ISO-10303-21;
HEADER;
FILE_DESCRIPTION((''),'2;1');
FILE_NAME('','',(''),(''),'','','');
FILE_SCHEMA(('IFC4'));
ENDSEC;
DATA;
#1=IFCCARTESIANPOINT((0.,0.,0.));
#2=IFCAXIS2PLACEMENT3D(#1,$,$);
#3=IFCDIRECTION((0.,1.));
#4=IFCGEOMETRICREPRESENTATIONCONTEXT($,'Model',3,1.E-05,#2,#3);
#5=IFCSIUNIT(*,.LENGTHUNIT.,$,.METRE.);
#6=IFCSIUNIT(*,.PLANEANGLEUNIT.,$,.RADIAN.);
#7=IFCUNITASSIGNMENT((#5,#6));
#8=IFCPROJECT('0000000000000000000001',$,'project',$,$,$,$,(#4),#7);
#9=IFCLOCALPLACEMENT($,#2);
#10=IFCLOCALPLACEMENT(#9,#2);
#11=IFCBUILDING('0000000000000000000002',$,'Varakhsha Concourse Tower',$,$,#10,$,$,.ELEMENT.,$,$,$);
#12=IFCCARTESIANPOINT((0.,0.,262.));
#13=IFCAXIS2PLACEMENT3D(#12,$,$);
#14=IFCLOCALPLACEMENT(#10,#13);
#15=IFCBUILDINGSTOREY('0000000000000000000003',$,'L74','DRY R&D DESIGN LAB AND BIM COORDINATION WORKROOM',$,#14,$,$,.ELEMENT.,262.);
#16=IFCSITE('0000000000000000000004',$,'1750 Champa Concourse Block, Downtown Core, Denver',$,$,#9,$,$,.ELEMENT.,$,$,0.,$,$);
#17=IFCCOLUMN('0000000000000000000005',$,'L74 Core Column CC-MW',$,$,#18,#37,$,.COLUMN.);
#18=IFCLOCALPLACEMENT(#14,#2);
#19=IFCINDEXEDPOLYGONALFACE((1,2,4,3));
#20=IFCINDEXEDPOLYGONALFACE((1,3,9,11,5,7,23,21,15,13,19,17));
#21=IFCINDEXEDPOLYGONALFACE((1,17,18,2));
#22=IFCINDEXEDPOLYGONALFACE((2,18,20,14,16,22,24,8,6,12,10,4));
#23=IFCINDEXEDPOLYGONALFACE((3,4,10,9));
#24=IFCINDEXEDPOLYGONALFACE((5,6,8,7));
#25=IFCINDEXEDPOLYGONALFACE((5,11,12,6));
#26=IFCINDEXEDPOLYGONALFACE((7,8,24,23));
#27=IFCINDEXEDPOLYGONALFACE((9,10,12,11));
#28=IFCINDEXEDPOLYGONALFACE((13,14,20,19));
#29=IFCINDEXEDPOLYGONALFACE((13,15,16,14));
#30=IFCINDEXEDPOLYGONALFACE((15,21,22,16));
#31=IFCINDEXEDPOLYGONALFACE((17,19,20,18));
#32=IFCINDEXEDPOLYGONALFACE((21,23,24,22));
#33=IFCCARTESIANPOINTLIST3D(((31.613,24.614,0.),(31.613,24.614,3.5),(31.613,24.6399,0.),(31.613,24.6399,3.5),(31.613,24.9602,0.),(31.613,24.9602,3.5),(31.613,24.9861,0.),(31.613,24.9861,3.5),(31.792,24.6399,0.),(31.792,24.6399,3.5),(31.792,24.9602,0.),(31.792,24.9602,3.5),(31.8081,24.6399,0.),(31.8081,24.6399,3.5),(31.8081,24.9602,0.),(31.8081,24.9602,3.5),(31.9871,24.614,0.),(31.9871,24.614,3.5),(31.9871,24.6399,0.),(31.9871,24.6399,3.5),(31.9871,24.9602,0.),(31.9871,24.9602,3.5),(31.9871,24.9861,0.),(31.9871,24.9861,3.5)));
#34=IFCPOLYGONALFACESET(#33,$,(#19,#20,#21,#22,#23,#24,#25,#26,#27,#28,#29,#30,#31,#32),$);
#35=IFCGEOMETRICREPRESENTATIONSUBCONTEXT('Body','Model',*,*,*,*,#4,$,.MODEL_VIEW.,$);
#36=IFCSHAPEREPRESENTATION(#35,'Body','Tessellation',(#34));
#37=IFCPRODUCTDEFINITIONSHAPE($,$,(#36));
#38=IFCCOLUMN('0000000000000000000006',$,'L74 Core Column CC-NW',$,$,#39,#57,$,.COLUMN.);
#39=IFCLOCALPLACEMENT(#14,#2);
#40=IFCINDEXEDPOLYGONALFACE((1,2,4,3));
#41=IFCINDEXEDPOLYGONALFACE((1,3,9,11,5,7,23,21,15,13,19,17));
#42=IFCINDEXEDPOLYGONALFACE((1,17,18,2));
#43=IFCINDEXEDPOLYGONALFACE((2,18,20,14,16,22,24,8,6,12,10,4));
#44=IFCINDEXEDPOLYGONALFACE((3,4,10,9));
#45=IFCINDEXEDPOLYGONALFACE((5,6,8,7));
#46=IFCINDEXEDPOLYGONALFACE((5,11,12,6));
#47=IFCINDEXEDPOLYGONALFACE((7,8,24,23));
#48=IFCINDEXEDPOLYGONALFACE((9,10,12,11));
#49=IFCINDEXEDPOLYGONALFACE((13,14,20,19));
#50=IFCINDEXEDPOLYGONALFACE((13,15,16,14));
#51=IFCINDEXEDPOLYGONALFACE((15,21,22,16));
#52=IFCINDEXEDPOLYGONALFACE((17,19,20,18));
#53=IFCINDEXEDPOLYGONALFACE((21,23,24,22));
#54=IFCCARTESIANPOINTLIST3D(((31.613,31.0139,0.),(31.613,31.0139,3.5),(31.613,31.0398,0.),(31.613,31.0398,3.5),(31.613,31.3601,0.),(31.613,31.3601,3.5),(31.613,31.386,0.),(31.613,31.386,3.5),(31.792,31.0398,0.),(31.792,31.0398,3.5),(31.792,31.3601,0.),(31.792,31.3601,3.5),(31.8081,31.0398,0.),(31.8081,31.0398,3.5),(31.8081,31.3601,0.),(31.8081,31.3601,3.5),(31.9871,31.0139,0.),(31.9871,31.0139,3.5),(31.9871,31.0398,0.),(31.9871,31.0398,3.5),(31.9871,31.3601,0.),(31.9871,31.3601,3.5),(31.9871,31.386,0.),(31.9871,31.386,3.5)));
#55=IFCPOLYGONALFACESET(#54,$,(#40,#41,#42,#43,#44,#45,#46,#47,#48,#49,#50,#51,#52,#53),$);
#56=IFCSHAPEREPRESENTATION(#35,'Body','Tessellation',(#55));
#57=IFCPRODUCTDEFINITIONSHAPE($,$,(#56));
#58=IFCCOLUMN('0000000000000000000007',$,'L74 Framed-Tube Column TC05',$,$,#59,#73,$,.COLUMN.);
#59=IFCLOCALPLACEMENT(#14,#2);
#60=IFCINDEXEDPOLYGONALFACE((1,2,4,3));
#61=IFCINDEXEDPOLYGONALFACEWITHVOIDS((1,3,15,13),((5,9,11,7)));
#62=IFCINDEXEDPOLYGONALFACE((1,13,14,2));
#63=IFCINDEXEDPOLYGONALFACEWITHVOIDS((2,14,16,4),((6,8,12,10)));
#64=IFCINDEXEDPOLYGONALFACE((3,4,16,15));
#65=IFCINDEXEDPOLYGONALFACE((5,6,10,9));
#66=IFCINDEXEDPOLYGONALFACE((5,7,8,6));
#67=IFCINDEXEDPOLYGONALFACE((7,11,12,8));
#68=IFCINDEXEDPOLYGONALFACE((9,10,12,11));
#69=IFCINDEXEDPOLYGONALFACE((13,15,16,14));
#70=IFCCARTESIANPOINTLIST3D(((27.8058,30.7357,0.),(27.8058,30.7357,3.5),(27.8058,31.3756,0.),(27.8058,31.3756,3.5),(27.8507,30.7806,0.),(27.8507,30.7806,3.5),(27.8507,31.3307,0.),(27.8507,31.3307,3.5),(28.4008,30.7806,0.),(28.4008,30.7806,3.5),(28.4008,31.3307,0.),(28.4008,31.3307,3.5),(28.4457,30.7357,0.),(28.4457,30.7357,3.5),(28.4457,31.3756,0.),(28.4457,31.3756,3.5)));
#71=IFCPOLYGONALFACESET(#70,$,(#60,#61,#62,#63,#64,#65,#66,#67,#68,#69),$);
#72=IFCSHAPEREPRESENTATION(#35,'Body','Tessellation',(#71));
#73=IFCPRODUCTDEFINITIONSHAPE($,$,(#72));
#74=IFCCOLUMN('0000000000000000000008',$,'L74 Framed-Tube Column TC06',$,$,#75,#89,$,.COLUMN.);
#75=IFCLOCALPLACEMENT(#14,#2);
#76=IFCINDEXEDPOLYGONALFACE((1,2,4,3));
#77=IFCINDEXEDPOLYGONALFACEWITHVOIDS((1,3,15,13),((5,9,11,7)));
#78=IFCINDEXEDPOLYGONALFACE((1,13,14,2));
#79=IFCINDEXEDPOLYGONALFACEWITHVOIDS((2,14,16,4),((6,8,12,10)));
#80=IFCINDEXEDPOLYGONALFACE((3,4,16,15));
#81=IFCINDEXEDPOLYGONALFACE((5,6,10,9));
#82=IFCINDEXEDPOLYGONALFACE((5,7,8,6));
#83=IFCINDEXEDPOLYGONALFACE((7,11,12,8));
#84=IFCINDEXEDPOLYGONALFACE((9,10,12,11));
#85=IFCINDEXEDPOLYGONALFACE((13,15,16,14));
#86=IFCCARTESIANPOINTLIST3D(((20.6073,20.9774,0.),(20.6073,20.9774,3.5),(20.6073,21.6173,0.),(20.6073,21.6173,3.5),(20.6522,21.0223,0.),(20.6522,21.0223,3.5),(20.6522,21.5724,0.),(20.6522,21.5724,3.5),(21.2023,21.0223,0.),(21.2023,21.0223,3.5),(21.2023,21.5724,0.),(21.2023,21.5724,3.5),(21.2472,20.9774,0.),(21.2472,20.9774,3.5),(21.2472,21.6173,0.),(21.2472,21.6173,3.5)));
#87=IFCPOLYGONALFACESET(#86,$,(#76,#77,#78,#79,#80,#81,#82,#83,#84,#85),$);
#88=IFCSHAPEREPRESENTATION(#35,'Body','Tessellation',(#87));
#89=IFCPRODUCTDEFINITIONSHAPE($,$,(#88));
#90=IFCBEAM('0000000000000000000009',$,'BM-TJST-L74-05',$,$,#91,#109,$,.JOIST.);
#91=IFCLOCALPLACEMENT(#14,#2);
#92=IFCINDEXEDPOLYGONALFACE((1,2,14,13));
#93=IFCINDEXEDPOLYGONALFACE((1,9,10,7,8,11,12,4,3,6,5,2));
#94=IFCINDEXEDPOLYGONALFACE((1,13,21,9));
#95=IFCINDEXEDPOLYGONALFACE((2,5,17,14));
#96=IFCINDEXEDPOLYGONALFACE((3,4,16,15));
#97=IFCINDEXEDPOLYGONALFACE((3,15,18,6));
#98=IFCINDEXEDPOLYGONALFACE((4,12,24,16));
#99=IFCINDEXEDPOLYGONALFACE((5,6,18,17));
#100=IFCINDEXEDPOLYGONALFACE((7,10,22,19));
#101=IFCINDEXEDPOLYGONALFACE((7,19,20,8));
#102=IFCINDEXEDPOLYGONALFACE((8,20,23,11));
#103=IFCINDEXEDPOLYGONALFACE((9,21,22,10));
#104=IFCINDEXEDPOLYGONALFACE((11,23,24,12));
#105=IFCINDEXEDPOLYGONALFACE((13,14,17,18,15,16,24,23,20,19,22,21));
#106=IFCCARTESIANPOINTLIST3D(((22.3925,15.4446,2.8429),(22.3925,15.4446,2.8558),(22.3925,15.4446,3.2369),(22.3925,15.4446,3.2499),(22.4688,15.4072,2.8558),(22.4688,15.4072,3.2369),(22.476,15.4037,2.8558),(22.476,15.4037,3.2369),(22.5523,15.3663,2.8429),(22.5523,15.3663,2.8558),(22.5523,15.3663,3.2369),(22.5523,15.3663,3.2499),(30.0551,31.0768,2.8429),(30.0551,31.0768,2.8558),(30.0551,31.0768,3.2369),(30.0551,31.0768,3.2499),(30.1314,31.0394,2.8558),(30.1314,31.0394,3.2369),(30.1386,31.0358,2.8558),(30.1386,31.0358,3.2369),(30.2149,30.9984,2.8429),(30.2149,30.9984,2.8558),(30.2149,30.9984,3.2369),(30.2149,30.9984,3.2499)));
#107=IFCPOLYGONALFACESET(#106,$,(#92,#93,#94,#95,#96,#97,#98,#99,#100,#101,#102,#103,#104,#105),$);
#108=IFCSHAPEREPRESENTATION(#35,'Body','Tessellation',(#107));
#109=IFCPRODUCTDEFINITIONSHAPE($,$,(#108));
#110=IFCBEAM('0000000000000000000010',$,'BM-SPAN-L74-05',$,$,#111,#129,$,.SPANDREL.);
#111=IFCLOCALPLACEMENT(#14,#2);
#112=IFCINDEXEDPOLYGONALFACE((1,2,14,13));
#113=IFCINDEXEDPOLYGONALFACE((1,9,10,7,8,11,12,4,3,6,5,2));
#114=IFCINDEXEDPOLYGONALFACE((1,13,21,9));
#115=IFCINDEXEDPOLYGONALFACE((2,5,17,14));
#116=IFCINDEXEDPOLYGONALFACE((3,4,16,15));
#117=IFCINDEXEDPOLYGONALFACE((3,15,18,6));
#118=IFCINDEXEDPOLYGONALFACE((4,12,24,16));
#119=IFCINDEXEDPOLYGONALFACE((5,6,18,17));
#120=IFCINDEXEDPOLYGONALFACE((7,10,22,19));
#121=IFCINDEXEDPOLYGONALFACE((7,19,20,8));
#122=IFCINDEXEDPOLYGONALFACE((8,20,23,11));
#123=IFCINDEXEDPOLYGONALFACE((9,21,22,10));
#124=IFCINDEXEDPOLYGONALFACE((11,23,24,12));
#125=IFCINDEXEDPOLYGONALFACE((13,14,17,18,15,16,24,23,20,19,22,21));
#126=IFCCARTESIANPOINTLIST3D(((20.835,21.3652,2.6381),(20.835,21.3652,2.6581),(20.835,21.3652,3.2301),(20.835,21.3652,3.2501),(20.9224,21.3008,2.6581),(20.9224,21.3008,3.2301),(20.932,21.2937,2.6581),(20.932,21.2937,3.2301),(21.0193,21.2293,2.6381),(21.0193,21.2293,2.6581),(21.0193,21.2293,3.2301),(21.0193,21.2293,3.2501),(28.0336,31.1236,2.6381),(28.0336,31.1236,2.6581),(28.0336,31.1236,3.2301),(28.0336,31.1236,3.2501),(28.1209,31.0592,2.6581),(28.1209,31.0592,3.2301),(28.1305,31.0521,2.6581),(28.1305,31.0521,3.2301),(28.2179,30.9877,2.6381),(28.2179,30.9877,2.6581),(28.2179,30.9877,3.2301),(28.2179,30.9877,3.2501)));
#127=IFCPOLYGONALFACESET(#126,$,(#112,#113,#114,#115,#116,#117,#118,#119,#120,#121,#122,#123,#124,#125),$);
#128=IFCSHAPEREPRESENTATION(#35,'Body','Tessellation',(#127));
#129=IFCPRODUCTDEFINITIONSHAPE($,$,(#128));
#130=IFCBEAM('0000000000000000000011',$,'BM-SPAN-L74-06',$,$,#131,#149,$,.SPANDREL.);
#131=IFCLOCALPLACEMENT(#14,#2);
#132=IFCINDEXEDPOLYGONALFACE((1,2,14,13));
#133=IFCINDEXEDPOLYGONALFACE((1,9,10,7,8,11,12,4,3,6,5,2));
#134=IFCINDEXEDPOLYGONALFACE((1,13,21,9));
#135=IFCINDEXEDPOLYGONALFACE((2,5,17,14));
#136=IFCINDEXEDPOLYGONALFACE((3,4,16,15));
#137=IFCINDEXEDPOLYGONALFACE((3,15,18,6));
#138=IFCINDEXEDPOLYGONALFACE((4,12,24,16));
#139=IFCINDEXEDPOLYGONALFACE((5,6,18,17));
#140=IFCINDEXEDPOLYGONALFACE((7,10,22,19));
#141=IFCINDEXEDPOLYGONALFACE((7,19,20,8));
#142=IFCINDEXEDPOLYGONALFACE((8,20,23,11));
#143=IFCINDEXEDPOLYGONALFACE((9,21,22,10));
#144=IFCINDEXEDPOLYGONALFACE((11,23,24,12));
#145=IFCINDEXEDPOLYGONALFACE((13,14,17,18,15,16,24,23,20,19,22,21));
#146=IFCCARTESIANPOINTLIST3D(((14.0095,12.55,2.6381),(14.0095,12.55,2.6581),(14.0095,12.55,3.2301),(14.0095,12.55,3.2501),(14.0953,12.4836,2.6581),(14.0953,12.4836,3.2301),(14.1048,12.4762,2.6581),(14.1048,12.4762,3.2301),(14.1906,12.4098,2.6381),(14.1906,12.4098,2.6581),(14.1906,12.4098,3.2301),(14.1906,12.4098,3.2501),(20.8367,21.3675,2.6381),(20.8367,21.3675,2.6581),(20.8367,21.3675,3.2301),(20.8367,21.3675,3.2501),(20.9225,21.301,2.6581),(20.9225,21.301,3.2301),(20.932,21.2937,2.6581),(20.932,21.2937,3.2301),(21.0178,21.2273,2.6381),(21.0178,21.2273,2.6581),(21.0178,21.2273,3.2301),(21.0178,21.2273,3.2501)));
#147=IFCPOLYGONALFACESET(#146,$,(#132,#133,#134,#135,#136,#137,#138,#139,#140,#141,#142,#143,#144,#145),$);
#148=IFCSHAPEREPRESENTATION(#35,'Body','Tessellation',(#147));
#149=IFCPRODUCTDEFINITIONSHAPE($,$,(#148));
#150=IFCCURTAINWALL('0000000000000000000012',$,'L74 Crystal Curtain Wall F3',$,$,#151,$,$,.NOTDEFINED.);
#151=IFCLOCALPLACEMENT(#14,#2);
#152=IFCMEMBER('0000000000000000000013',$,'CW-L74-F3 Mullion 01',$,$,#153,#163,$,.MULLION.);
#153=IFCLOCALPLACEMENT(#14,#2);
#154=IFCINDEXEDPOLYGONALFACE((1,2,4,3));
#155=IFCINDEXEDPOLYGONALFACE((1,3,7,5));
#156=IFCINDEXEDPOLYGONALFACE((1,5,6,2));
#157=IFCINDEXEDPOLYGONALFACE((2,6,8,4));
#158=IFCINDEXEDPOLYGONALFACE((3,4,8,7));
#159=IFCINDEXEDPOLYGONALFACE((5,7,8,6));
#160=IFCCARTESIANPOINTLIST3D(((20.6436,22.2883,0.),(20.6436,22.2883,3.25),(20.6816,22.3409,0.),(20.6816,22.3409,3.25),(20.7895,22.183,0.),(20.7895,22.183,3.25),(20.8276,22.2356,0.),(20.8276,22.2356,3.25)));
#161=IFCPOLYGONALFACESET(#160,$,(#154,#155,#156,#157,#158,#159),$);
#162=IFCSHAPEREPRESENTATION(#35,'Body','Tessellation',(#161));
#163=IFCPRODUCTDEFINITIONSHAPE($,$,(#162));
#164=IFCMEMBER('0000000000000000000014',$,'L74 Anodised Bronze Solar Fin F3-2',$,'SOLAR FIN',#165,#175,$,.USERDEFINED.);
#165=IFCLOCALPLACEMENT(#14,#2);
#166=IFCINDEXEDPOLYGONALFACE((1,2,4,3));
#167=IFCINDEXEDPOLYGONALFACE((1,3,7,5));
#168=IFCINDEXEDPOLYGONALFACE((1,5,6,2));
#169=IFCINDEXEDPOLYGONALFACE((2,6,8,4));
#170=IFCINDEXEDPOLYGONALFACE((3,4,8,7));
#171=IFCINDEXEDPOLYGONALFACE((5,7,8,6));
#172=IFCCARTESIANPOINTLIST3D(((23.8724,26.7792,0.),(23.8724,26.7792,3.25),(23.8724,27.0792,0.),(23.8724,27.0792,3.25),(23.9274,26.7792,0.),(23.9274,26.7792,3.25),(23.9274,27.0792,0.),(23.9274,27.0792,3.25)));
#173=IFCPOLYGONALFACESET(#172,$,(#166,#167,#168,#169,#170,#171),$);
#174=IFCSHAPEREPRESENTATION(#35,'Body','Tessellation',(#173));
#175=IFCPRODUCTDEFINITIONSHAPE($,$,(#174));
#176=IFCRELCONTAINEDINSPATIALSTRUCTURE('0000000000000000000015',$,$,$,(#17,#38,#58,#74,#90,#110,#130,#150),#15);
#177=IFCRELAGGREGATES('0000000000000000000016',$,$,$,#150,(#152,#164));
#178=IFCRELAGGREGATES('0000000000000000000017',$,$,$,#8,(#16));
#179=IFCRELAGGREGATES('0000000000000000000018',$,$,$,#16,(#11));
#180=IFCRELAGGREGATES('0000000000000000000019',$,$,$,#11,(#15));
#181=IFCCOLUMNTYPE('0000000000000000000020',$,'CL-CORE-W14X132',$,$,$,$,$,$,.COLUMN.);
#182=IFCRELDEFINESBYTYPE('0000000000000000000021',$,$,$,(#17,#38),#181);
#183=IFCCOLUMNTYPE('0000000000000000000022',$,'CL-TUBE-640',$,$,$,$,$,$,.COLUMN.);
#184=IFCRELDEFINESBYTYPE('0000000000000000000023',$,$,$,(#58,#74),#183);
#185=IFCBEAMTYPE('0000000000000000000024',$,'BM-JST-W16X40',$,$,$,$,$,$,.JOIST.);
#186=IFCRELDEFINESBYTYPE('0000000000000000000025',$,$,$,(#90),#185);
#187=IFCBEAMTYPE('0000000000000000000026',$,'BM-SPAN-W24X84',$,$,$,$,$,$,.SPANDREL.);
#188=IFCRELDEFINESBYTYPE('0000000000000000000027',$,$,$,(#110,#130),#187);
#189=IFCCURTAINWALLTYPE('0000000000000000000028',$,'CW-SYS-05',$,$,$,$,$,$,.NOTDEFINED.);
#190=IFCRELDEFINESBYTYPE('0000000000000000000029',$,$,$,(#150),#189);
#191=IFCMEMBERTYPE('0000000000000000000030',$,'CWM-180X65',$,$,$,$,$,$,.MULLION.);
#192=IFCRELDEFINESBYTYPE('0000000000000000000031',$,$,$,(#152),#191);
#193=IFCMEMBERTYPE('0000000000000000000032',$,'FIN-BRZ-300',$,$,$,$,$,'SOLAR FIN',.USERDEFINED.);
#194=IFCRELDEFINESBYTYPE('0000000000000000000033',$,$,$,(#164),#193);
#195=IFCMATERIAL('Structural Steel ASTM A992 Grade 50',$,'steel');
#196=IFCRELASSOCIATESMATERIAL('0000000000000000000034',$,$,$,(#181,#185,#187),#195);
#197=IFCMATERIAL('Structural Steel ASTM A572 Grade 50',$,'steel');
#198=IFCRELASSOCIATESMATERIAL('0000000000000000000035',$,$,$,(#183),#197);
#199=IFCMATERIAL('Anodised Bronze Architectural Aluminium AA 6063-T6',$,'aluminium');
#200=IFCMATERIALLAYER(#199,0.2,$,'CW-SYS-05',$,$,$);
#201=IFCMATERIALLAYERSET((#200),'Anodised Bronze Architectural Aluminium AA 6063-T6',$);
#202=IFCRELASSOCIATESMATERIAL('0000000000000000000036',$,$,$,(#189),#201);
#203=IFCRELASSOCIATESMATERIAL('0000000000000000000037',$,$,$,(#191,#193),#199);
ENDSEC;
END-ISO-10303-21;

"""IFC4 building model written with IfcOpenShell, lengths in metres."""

from ifc_helpers import new_model, si_unit, direction, frame, origin, origin_2d, place, context, subcontext, project, spatial, rectangle, hollow_rectangle, i_section, extrude, source, transform, mapped, material, layer, layer_set, material_profile, profile_set, type_object, type_shapes, element, aggregate, save


model = new_model("IFC4")

# Units and contexts
model_context = context("Model", 3, precision=1e-05, world=origin(), true_north=direction((0.0, 1.0)))
body_context = subcontext(model_context, "Body", "Model", "MODEL_VIEW")
ifc_project = project(units=[si_unit("LENGTHUNIT", "METRE"), si_unit("PLANEANGLEUNIT", "RADIAN")], contexts=[model_context])

# Site, building, storey
site_placement = place(None, origin())
site = spatial("IfcSite", under=ifc_project, at=site_placement, Name="1750 Champa Concourse Block, Downtown Core, Denver", CompositionType="ELEMENT", RefElevation=0.0)
building_placement = place(site_placement, origin())
building = spatial("IfcBuilding", under=site, at=building_placement, Name="Varakhsha Concourse Tower", CompositionType="ELEMENT")
storey_placement = place(building_placement, frame((0.0, 0.0, 262.0)))
storey = spatial("IfcBuildingStorey", under=building, at=storey_placement, Name="L74", Description="DRY R&D DESIGN LAB AND BIM COORDINATION WORKROOM", CompositionType="ELEMENT", Elevation=262.0)

# Columns
ifc_material_1 = material(Name="Structural Steel ASTM A992 Grade 50", Category="steel")
ifc_material_profile_1 = material_profile(ifc_material_1, i_section(OverallWidth=0.374, OverallDepth=0.3721, WebThickness=0.0161, FlangeThickness=0.0259, at=origin_2d()), Name="W14X132")
ifc_profile_set_1 = profile_set([ifc_material_profile_1], Name="Structural Steel ASTM A992 Grade 50")
column_type_1 = type_object("IfcColumnType", Name="CL-CORE-W14X132", PredefinedType="COLUMN", material=ifc_profile_set_1)
for number, where, z_axis, x_axis, name in (
    (1, (31.8, 24.8, 0.0), (0.0, 0.0, 1.0), (1.0, 0.0, 0.0), "L74 Core Column CC-MW"),
    (2, (31.8, 31.2, 0.0), (0.0, 0.0, 1.0), (1.0, 0.0, 0.0), "L74 Core Column CC-NW"),
):
    element("IfcColumn", number, at=place(storey_placement, frame(where, z_axis=z_axis, x_axis=x_axis)), inside=storey, type_object=column_type_1, Name=name, PredefinedType="COLUMN", context=body_context, shape_type="SweptSolid", body=[
        extrude(i_section(OverallWidth=0.374, OverallDepth=0.3721, WebThickness=0.0161, FlangeThickness=0.0259, at=origin_2d()), origin(), (0.0, 0.0, 1.0), 3.5),
    ])
ifc_material_2 = material(Name="Structural Steel ASTM A572 Grade 50", Category="steel")
ifc_material_profile_2 = material_profile(ifc_material_2, hollow_rectangle(XDim=0.6399, YDim=0.6399, WallThickness=0.0449, at=origin_2d()), Name="BOX 640x640x45")
ifc_profile_set_2 = profile_set([ifc_material_profile_2], Name="Structural Steel ASTM A572 Grade 50")
column_type_2 = type_object("IfcColumnType", Name="CL-TUBE-640", PredefinedType="COLUMN", material=ifc_profile_set_2)
for number, where, z_axis, x_axis, name in (
    (3, (28.1257, 31.0557, 0.0), (0.0, 0.0, 1.0), (1.0, 0.0, 0.0), "L74 Framed-Tube Column TC05"),
    (4, (20.9272, 21.2974, 0.0), (0.0, 0.0, 1.0), (1.0, 0.0, 0.0), "L74 Framed-Tube Column TC06"),
):
    element("IfcColumn", number, at=place(storey_placement, frame(where, z_axis=z_axis, x_axis=x_axis)), inside=storey, type_object=column_type_2, Name=name, PredefinedType="COLUMN", context=body_context, shape_type="SweptSolid", body=[
        extrude(hollow_rectangle(XDim=0.6399, YDim=0.6399, WallThickness=0.0449, at=origin_2d()), origin(), (0.0, 0.0, 1.0), 3.5),
    ])

# Beams
ifc_material_profile_3 = material_profile(ifc_material_1, i_section(OverallWidth=0.178, OverallDepth=0.407, WebThickness=0.0081, FlangeThickness=0.0129, at=origin_2d()), Name="W16X40")
ifc_profile_set_3 = profile_set([ifc_material_profile_3], Name="Structural Steel ASTM A992 Grade 50")
beam_type_1 = type_object("IfcBeamType", Name="BM-JST-W16X40", PredefinedType="JOIST", material=ifc_profile_set_3)
beam_1_placement = place(storey_placement, frame((30.135, 31.0376, 3.0464), z_axis=(-0.440149, -0.897925, 0.0), x_axis=(0.897925, -0.440149, 0.0)))
element("IfcBeam", 5, at=beam_1_placement, inside=storey, type_object=beam_type_1, Name="BM-TJST-L74-05", PredefinedType="JOIST", context=body_context, shape_type="SweptSolid", body=[
    extrude(i_section(OverallWidth=0.178, OverallDepth=0.407, WebThickness=0.0081, FlangeThickness=0.0129, at=origin_2d()), origin(), (0.0, 0.0, 1.0), 17.4092),
])
ifc_material_profile_4 = material_profile(ifc_material_1, i_section(OverallWidth=0.229, OverallDepth=0.6121, WebThickness=0.012, FlangeThickness=0.02, at=origin_2d()), Name="W24X84")
ifc_profile_set_4 = profile_set([ifc_material_profile_4], Name="Structural Steel ASTM A992 Grade 50")
beam_type_2 = type_object("IfcBeamType", Name="BM-SPAN-W24X84", PredefinedType="SPANDREL", material=ifc_profile_set_4)
beam_2_placement = place(storey_placement, frame((28.1257, 31.0557, 2.9441), z_axis=(-0.593635, -0.804734, 0.0), x_axis=(0.804734, -0.593635, 0.0)))
element("IfcBeam", 6, at=beam_2_placement, inside=storey, type_object=beam_type_2, Name="BM-SPAN-L74-05", PredefinedType="SPANDREL", context=body_context, shape_type="SweptSolid", body=[
    extrude(i_section(OverallWidth=0.229, OverallDepth=0.6121, WebThickness=0.012, FlangeThickness=0.02, at=origin_2d()), origin(), (0.0, 0.0, 1.0), 12.1262),
])
beam_3_placement = place(storey_placement, frame((20.9272, 21.2974, 2.9441), z_axis=(-0.612217, -0.79069, 0.0), x_axis=(0.79069, -0.612217, 0.0)))
element("IfcBeam", 7, at=beam_3_placement, inside=storey, type_object=beam_type_2, Name="BM-SPAN-L74-06", PredefinedType="SPANDREL", context=body_context, shape_type="SweptSolid", body=[
    extrude(i_section(OverallWidth=0.229, OverallDepth=0.6121, WebThickness=0.012, FlangeThickness=0.02, at=origin_2d()), origin(), (0.0, 0.0, 1.0), 11.1516),
])

# Curtain wall, members
ifc_material_3 = material(Name="Anodised Bronze Architectural Aluminium AA 6063-T6", Category="aluminium")
ifc_layer_1 = layer(ifc_material_3, 0.2, Name="CW-SYS-05")
ifc_layer_set_1 = layer_set([ifc_layer_1], Name="Anodised Bronze Architectural Aluminium AA 6063-T6")
curtain_wall_type = type_object("IfcCurtainWallType", Name="CW-SYS-05", PredefinedType="NOTDEFINED", material=ifc_layer_set_1)
curtain_wall_placement = place(storey_placement, origin())
curtain_wall = element("IfcCurtainWall", 8, at=curtain_wall_placement, inside=storey, type_object=curtain_wall_type, Name="L74 Crystal Curtain Wall F3", PredefinedType="NOTDEFINED")
ifc_material_profile_5 = material_profile(ifc_material_3, rectangle(XDim=0.0649, YDim=0.1799, at=origin_2d()), Name="CWM-180X65")
ifc_profile_set_5 = profile_set([ifc_material_profile_5], Name="Anodised Bronze Architectural Aluminium AA 6063-T6")
member_type_1 = type_object("IfcMemberType", Name="CWM-180X65", PredefinedType="MULLION", material=ifc_profile_set_5)
shared_shape_1 = source(origin(), body_context, "Body", "SweptSolid", [
    extrude(rectangle(XDim=0.0649, YDim=0.1799, at=origin_2d()), origin(), (0.0, 0.0, 1.0), 3.25),
])
type_shapes(member_type_1, [shared_shape_1])
member_1_placement = place(storey_placement, frame((20.7356, 22.262, 0.0), z_axis=(0.0, 0.0, 1.0), x_axis=(0.585188, 0.810897, 0.0)))
member_1 = element("IfcMember", 9, at=member_1_placement, type_object=member_type_1, Name="CW-L74-F3 Mullion 01", PredefinedType="MULLION", context=body_context, shape_type="MappedRepresentation", body=[
    mapped(shared_shape_1, transform((0.0, 0.0, 0.0), scale=1.0)),
])
ifc_material_profile_6 = material_profile(ifc_material_3, rectangle(XDim=0.0549, YDim=0.3, at=origin_2d()), Name="FIN-BRZ-300")
ifc_profile_set_6 = profile_set([ifc_material_profile_6], Name="Anodised Bronze Architectural Aluminium AA 6063-T6")
member_type_2 = type_object("IfcMemberType", Name="FIN-BRZ-300", ElementType="SOLAR FIN", PredefinedType="USERDEFINED", material=ifc_profile_set_6)
shared_shape_2 = source(origin(), body_context, "Body", "SweptSolid", [
    extrude(rectangle(XDim=0.0549, YDim=0.3, at=origin_2d()), origin(), (0.0, 0.0, 1.0), 3.25),
])
type_shapes(member_type_2, [shared_shape_2])
member_2_placement = place(storey_placement, frame((23.8999, 26.9292, 0.0), z_axis=(0.0, 0.0, 1.0), x_axis=(1.0, 0.0, 0.0)))
member_2 = element("IfcMember", 10, at=member_2_placement, type_object=member_type_2, Name="L74 Anodised Bronze Solar Fin F3-2", ObjectType="SOLAR FIN", PredefinedType="USERDEFINED", context=body_context, shape_type="MappedRepresentation", body=[
    mapped(shared_shape_2, transform((0.0, 0.0, 0.0), scale=1.0)),
])
aggregate(curtain_wall, [member_1, member_2])

save(model, "model.ifc")
